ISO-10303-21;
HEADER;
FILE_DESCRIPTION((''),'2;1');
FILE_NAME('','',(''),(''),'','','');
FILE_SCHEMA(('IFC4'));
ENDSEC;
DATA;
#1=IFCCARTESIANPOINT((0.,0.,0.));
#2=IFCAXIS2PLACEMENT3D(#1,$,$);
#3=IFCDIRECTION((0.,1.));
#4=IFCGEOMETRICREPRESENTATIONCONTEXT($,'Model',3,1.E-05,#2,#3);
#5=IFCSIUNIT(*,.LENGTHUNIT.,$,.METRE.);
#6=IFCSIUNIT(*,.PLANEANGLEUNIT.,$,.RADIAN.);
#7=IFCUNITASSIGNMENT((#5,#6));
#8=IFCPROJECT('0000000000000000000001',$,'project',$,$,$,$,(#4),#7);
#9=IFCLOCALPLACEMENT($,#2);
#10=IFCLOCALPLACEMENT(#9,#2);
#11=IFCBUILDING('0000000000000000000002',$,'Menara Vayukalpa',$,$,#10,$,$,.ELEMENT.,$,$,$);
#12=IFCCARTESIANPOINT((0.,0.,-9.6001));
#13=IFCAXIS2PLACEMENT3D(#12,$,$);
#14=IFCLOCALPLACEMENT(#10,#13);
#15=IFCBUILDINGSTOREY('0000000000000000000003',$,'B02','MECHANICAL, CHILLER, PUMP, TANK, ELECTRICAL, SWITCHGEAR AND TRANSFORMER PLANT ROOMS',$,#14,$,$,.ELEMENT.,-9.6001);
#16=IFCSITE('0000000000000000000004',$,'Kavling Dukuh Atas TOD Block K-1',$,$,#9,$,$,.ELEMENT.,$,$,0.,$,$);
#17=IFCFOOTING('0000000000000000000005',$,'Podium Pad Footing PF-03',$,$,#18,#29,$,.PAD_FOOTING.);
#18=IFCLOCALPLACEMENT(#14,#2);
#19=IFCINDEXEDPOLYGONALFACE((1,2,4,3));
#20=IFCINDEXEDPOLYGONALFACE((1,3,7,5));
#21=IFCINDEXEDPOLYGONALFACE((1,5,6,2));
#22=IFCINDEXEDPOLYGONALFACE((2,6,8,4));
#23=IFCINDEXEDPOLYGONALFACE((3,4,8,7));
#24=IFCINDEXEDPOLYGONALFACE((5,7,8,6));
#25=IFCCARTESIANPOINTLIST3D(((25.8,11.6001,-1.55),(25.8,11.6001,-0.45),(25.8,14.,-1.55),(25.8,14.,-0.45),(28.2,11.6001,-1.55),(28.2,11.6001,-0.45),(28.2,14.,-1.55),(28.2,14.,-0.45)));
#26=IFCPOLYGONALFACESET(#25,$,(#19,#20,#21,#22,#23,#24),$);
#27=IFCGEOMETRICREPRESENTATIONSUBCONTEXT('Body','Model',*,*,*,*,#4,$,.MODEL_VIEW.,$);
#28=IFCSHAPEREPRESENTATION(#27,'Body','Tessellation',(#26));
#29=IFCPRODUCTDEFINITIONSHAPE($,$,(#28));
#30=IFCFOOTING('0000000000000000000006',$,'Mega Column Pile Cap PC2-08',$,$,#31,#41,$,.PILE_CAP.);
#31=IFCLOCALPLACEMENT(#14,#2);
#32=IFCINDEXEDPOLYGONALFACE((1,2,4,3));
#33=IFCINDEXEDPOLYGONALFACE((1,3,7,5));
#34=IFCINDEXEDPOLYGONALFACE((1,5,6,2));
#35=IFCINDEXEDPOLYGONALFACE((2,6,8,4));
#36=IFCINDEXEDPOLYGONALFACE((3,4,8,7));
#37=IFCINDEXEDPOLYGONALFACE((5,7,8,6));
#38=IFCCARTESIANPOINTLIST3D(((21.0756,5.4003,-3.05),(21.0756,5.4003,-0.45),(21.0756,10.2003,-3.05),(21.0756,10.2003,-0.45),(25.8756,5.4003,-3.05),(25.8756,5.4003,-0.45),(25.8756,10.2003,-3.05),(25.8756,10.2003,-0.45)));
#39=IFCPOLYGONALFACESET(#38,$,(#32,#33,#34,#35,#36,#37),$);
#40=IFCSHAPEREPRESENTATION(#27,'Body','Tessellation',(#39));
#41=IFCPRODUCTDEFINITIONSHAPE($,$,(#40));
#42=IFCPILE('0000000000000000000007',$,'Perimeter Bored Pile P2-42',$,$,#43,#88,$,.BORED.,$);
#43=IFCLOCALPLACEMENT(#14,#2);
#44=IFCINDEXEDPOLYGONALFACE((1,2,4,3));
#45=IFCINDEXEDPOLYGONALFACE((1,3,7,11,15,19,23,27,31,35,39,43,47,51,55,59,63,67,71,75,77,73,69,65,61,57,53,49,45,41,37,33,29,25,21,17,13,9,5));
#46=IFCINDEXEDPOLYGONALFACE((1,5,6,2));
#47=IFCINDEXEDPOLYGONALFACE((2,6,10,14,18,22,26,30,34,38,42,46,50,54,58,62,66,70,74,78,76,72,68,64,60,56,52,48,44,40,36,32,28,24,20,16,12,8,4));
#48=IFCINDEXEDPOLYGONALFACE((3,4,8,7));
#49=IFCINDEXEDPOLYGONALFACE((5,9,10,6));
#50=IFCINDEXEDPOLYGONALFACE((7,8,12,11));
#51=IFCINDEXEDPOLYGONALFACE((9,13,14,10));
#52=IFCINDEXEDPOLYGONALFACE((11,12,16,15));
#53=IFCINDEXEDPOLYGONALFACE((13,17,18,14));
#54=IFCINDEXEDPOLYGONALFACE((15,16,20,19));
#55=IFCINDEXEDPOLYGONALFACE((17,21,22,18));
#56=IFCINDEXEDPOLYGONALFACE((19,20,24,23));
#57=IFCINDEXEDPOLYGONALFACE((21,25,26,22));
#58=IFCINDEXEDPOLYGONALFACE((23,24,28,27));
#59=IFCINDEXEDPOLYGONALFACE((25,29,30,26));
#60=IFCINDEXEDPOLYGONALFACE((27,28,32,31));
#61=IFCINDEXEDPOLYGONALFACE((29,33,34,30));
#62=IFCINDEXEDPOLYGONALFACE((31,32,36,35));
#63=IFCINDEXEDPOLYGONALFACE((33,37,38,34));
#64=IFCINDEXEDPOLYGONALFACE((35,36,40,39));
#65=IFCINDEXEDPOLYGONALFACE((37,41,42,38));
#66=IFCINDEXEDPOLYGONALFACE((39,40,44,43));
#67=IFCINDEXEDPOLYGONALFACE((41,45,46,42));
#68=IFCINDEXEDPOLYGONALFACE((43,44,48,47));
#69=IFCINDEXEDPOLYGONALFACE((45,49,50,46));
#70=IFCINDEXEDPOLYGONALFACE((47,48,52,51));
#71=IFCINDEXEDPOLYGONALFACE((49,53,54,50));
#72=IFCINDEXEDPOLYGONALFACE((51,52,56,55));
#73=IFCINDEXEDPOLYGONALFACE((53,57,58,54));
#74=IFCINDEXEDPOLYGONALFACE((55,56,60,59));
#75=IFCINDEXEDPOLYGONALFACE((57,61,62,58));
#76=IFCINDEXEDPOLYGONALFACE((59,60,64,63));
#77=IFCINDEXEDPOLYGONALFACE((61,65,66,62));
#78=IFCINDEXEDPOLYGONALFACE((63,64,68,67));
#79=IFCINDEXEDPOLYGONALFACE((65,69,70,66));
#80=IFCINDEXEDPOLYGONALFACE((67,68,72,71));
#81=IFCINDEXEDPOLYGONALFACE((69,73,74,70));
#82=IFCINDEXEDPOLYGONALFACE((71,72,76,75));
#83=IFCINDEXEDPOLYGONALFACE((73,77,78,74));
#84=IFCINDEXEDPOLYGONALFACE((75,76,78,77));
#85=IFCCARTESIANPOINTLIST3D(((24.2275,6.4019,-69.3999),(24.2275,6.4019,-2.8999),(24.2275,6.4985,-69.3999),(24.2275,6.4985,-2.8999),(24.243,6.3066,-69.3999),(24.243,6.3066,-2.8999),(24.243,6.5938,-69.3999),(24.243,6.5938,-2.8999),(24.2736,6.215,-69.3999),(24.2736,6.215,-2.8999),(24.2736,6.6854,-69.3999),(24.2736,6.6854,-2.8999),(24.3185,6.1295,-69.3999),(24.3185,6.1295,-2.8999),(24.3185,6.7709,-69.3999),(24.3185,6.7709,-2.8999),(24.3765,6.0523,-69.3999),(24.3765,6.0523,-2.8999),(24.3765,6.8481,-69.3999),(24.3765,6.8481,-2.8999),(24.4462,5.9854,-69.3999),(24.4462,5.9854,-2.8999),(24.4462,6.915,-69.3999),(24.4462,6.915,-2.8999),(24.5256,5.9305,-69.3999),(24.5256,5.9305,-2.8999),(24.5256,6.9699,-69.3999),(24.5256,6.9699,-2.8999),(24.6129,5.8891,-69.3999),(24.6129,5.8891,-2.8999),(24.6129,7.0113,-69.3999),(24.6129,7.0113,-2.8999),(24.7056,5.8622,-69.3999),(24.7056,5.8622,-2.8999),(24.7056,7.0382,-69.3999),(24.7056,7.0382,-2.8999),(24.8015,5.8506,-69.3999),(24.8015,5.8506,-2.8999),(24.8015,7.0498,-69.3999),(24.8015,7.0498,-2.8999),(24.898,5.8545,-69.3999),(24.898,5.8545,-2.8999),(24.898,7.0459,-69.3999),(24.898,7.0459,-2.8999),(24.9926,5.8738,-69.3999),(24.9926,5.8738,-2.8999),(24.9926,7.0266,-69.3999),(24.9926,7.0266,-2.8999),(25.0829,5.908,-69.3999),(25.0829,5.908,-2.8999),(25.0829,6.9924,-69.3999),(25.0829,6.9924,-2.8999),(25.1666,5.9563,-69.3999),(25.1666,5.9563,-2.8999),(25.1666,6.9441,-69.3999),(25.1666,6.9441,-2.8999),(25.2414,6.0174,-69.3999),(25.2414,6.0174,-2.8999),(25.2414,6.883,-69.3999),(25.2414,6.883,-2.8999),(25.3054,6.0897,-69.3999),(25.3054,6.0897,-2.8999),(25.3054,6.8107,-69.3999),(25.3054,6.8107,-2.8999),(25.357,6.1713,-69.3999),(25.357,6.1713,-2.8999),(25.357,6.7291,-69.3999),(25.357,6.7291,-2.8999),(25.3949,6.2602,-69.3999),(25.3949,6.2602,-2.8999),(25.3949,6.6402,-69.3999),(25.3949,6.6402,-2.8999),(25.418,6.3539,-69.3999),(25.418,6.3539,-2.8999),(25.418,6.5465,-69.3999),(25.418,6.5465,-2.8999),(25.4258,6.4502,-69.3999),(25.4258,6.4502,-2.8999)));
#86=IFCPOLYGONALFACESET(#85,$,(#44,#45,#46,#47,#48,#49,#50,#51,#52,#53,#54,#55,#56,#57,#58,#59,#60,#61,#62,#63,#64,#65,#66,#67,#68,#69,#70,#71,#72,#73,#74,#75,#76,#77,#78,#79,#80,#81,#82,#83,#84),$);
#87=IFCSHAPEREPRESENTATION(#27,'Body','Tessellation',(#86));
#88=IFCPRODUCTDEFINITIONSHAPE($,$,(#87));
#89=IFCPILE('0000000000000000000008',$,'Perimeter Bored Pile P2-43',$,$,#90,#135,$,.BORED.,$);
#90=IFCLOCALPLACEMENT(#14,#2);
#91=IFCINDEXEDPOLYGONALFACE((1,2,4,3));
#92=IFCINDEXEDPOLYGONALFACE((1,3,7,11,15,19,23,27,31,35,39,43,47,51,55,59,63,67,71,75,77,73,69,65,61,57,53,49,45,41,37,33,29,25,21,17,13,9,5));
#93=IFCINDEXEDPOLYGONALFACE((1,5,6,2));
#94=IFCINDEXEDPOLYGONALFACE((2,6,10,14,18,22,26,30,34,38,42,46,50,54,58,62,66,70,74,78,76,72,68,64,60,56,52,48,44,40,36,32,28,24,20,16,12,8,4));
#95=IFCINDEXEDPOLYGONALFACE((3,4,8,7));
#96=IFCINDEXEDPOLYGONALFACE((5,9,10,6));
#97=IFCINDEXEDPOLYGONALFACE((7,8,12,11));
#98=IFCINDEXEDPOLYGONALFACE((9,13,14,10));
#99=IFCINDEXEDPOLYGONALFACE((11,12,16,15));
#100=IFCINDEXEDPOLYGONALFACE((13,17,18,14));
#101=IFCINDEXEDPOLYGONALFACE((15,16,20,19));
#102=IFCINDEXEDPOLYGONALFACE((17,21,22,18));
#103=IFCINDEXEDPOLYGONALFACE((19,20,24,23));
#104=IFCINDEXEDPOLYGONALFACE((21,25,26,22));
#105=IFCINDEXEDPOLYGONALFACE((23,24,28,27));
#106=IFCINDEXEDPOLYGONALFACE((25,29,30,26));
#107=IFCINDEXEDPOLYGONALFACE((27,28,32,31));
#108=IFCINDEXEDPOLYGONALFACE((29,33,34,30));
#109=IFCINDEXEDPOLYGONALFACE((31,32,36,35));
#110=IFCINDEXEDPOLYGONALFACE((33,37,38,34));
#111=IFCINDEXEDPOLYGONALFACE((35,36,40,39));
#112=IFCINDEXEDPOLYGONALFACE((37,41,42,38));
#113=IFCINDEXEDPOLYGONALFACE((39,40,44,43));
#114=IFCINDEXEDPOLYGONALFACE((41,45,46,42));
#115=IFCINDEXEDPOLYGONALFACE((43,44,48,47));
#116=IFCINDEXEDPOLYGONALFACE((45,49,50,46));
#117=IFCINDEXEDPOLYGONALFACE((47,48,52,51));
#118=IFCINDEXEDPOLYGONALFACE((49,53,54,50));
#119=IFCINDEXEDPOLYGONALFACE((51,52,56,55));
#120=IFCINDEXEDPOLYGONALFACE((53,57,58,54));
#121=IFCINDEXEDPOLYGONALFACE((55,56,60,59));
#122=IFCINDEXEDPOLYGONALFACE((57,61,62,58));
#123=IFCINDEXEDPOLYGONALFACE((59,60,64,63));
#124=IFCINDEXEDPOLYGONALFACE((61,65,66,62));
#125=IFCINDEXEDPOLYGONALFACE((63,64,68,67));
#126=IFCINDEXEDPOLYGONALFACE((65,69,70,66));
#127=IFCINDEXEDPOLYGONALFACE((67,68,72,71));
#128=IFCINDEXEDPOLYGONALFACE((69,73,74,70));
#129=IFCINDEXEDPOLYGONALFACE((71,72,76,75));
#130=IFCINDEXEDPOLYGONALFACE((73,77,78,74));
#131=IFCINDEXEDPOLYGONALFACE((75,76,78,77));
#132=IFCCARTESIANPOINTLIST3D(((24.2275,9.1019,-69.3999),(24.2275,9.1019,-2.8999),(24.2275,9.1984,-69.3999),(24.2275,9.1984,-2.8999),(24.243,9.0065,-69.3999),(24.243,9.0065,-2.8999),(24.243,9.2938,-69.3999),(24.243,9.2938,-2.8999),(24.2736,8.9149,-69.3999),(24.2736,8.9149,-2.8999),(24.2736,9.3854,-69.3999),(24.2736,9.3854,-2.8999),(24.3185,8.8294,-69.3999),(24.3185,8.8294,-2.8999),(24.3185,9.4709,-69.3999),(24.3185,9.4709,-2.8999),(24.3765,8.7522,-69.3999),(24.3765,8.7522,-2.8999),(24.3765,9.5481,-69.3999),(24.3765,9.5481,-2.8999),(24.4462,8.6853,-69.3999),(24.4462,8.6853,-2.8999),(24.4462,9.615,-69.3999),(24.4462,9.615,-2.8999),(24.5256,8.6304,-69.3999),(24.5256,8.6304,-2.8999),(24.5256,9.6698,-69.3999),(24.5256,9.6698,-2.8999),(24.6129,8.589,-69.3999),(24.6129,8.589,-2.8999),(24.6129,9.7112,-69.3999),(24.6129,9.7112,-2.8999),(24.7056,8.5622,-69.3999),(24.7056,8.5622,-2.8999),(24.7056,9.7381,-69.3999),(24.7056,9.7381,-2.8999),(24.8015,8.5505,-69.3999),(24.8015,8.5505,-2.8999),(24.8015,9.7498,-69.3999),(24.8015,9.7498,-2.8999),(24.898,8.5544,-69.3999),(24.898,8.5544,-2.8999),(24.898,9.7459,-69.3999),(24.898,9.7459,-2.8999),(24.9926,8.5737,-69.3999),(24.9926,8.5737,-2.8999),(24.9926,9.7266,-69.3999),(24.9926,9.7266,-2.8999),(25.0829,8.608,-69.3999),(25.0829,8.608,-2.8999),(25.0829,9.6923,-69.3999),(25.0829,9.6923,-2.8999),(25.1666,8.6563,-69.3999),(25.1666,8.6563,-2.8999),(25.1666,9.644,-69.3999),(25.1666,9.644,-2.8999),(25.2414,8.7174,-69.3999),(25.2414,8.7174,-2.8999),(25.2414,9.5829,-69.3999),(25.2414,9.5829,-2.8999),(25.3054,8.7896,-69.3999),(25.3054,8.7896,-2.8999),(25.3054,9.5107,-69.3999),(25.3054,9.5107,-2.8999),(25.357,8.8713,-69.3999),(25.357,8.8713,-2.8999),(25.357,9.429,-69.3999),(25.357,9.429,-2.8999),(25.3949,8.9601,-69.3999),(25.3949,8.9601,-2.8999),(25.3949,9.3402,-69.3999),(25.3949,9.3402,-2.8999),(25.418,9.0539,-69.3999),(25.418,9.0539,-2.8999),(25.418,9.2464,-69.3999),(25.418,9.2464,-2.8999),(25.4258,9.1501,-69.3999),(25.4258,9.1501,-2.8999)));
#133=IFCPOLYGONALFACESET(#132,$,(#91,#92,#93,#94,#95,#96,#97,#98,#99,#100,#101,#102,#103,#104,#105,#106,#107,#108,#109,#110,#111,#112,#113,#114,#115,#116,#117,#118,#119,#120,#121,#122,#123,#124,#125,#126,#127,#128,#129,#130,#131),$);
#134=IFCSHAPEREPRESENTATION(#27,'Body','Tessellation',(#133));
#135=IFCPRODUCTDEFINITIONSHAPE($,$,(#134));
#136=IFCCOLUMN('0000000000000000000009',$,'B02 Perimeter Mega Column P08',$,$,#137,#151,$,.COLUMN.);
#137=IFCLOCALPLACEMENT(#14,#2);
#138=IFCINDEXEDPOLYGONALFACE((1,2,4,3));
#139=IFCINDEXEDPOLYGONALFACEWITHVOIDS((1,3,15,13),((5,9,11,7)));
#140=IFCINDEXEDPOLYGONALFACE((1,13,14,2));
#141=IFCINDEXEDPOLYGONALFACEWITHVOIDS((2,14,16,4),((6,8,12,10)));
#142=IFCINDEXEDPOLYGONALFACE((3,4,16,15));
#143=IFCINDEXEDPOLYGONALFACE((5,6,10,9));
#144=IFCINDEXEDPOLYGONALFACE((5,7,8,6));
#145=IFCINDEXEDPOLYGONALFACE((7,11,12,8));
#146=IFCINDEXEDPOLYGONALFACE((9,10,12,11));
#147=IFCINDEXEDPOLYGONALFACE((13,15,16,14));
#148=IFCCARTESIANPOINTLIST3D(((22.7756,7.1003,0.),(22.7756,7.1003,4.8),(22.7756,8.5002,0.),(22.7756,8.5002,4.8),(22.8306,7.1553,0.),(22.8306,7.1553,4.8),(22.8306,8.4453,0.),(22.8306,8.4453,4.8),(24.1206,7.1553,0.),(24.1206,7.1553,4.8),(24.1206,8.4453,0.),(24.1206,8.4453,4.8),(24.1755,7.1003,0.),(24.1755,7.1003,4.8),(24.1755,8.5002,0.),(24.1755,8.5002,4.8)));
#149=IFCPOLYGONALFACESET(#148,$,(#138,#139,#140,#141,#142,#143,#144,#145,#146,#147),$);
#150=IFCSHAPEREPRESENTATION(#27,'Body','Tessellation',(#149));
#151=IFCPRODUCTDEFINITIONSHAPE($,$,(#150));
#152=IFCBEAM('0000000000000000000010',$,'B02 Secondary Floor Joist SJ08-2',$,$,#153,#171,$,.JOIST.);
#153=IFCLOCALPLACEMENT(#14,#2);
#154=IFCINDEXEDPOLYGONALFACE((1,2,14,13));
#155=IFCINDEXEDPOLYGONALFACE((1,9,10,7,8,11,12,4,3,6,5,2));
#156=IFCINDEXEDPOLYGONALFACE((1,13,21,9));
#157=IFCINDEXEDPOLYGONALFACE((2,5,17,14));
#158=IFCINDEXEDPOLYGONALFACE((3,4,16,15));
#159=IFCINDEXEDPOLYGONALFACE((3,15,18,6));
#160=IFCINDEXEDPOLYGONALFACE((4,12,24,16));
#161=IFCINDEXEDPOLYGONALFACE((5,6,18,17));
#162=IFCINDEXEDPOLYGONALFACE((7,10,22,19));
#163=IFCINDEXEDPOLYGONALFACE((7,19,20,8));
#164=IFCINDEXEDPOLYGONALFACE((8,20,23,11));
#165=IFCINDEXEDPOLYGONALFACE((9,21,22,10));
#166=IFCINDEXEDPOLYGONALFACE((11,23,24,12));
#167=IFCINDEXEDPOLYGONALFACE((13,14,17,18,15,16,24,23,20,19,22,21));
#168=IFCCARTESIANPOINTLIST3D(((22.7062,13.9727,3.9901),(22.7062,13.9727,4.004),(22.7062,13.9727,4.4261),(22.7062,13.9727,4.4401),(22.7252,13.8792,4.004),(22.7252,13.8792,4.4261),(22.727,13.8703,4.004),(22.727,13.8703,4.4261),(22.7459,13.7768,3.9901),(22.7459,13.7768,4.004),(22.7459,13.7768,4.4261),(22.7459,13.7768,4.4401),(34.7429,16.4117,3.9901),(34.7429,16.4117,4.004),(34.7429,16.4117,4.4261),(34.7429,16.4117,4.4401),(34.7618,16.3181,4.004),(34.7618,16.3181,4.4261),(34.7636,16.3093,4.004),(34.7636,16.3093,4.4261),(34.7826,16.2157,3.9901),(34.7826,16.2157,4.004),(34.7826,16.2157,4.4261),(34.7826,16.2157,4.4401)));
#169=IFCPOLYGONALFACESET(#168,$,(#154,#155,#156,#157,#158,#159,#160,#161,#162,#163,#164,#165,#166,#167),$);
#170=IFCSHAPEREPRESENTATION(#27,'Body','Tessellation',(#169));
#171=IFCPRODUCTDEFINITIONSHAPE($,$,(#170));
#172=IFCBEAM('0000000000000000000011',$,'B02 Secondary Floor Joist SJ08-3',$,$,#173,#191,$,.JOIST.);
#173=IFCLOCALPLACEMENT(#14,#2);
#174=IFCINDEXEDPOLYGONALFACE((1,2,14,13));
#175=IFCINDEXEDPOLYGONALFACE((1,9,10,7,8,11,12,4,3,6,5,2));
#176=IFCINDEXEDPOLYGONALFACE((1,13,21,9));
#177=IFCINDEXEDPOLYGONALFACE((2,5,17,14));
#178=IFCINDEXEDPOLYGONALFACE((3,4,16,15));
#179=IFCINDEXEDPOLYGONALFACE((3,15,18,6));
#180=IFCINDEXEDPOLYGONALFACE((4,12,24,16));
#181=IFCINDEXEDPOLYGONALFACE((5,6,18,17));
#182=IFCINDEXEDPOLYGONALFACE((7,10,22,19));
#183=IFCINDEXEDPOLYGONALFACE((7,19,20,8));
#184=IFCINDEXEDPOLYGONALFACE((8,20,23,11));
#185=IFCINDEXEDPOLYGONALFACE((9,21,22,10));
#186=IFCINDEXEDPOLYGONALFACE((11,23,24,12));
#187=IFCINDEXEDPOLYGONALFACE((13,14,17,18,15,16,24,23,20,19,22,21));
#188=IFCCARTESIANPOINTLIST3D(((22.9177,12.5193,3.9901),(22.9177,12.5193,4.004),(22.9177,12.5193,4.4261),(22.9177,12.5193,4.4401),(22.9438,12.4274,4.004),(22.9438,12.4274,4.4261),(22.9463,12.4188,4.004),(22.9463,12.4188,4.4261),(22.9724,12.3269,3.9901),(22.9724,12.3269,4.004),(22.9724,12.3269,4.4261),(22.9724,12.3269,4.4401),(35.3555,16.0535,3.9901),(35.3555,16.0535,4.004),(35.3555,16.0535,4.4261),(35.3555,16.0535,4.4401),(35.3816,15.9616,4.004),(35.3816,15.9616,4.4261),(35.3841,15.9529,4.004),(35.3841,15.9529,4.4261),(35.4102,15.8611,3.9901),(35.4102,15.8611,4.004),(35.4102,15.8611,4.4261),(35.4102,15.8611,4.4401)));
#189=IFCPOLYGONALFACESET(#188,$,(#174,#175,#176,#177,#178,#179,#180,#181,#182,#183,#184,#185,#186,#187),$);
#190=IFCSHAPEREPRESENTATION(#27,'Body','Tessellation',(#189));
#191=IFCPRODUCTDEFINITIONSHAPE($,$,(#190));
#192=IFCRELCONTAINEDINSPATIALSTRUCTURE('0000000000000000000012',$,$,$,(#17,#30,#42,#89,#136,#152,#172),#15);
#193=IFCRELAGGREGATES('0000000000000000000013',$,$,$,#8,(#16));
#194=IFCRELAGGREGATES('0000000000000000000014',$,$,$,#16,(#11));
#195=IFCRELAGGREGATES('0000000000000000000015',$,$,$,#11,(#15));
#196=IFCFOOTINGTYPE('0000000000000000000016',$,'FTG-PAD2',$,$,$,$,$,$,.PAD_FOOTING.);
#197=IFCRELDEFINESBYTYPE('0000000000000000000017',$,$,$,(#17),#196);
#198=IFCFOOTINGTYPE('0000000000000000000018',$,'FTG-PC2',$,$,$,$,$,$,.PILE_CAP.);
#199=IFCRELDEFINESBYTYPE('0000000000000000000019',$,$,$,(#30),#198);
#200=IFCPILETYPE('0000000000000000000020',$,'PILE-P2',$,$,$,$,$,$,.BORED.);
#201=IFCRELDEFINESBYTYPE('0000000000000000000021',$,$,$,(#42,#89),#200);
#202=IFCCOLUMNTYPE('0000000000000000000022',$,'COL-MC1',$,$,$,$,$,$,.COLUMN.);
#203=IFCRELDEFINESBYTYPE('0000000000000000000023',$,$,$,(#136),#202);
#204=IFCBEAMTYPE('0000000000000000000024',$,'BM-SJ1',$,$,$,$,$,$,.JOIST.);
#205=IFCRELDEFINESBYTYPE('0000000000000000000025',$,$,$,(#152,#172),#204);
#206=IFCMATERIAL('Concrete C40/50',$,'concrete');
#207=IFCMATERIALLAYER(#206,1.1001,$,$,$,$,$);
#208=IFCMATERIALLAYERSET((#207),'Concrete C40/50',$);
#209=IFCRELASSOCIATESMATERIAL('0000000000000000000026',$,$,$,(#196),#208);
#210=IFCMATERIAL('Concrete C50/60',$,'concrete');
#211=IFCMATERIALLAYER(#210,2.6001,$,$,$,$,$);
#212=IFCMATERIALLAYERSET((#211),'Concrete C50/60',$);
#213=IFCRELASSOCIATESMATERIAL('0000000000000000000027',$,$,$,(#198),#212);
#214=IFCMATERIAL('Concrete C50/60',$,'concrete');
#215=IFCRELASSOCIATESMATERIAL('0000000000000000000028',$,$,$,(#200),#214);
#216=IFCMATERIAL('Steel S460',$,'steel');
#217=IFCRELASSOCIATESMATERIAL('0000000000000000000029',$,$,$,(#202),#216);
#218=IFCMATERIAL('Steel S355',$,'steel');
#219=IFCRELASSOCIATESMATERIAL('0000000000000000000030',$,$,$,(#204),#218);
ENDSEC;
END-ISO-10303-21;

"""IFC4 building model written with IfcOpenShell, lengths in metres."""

from ifc_helpers import new_model, si_unit, direction, frame, origin, origin_2d, place, context, subcontext, project, spatial, rectangle, hollow_rectangle, circle, i_section, extrude, material, layer, layer_set, material_profile, profile_set, type_object, element, save


model = new_model("IFC4")

# Units and contexts
model_context = context("Model", 3, precision=1e-05, world=origin(), true_north=direction((0.0, 1.0)))
body_context = subcontext(model_context, "Body", "Model", "MODEL_VIEW")
ifc_project = project(units=[si_unit("LENGTHUNIT", "METRE"), si_unit("PLANEANGLEUNIT", "RADIAN")], contexts=[model_context])

# Site, building, storey
site_placement = place(None, origin())
site = spatial("IfcSite", under=ifc_project, at=site_placement, Name="Kavling Dukuh Atas TOD Block K-1", CompositionType="ELEMENT", RefElevation=0.0)
building_placement = place(site_placement, origin())
building = spatial("IfcBuilding", under=site, at=building_placement, Name="Menara Vayukalpa", CompositionType="ELEMENT")
storey_placement = place(building_placement, frame((0.0, 0.0, -9.6001)))
storey = spatial("IfcBuildingStorey", under=building, at=storey_placement, Name="B02", Description="MECHANICAL, CHILLER, PUMP, TANK, ELECTRICAL, SWITCHGEAR AND TRANSFORMER PLANT ROOMS", CompositionType="ELEMENT", Elevation=-9.6001)

# Footings
ifc_material_1 = material(Name="Concrete C40/50", Category="concrete")
ifc_layer_1 = layer(ifc_material_1, 1.1001)
ifc_layer_set_1 = layer_set([ifc_layer_1], Name="Concrete C40/50")
footing_type_1 = type_object("IfcFootingType", Name="FTG-PAD2", PredefinedType="PAD_FOOTING", material=ifc_layer_set_1)
footing_1_placement = place(storey_placement, frame((27.0, 12.8, -1.55), z_axis=(0.0, 0.0, 1.0), x_axis=(1.0, 0.0, 0.0)))
element("IfcFooting", 1, at=footing_1_placement, inside=storey, type_object=footing_type_1, Name="Podium Pad Footing PF-03", PredefinedType="PAD_FOOTING", context=body_context, shape_type="SweptSolid", body=[
    extrude(rectangle(XDim=2.3999, YDim=2.3999, at=origin_2d()), origin(), (0.0, 0.0, 1.0), 1.1001),
])
ifc_material_2 = material(Name="Concrete C50/60", Category="concrete")
ifc_layer_2 = layer(ifc_material_2, 2.6001)
ifc_layer_set_2 = layer_set([ifc_layer_2], Name="Concrete C50/60")
footing_type_2 = type_object("IfcFootingType", Name="FTG-PC2", PredefinedType="PILE_CAP", material=ifc_layer_set_2)
footing_2_placement = place(storey_placement, frame((23.4756, 7.8003, -3.05), z_axis=(0.0, 0.0, 1.0), x_axis=(1.0, 0.0, 0.0)))
element("IfcFooting", 2, at=footing_2_placement, inside=storey, type_object=footing_type_2, Name="Mega Column Pile Cap PC2-08", PredefinedType="PILE_CAP", context=body_context, shape_type="SweptSolid", body=[
    extrude(rectangle(XDim=4.8, YDim=4.8, at=origin_2d()), origin(), (0.0, 0.0, 1.0), 2.6001),
])

# Piles
ifc_material_3 = material(Name="Concrete C50/60", Category="concrete")
ifc_material_profile_1 = material_profile(ifc_material_3, circle(Radius=0.6001, at=origin_2d()), Name="PILE D1200")
ifc_profile_set_1 = profile_set([ifc_material_profile_1], Name="Concrete C50/60")
pile_type = type_object("IfcPileType", Name="PILE-P2", PredefinedType="BORED", material=ifc_profile_set_1)
for number, where, z_axis, x_axis, name in (
    (3, (24.8257, 6.4502, -2.8999), (0.0, 0.0, -1.0), (1.0, 0.0, 0.0), "Perimeter Bored Pile P2-42"),
    (4, (24.8257, 9.1501, -2.8999), (0.0, 0.0, -1.0), (1.0, 0.0, 0.0), "Perimeter Bored Pile P2-43"),
):
    element("IfcPile", number, at=place(storey_placement, frame(where, z_axis=z_axis, x_axis=x_axis)), inside=storey, type_object=pile_type, Name=name, PredefinedType="BORED", context=body_context, shape_type="SweptSolid", body=[
        extrude(circle(Radius=0.6001, at=origin_2d()), origin(), (0.0, 0.0, 1.0), 66.5),
    ])

# Column
ifc_material_4 = material(Name="Steel S460", Category="steel")
ifc_material_profile_2 = material_profile(ifc_material_4, hollow_rectangle(XDim=1.3999, YDim=1.3999, WallThickness=0.0549, at=origin_2d()), Name="BOX 1400x1400x55")
ifc_profile_set_2 = profile_set([ifc_material_profile_2], Name="Steel S460")
column_type = type_object("IfcColumnType", Name="COL-MC1", PredefinedType="COLUMN", material=ifc_profile_set_2)
column_placement = place(storey_placement, frame((23.4756, 7.8003, 0.0), z_axis=(0.0, 0.0, 1.0), x_axis=(1.0, 0.0, 0.0)))
element("IfcColumn", 5, at=column_placement, inside=storey, type_object=column_type, Name="B02 Perimeter Mega Column P08", PredefinedType="COLUMN", context=body_context, shape_type="SweptSolid", body=[
    extrude(hollow_rectangle(XDim=1.3999, YDim=1.3999, WallThickness=0.0549, at=origin_2d()), origin(), (0.0, 0.0, 1.0), 4.8),
])

# Beams
ifc_material_5 = material(Name="Steel S355", Category="steel")
ifc_material_profile_3 = material_profile(ifc_material_5, i_section(OverallWidth=0.2, OverallDepth=0.45, WebThickness=0.009, FlangeThickness=0.0139, at=origin_2d()), Name="WF 450x200x9x14")
ifc_profile_set_3 = profile_set([ifc_material_profile_3], Name="Steel S355")
beam_type_1 = type_object("IfcBeamType", Name="BM-SJ1", PredefinedType="JOIST", material=ifc_profile_set_3)
beam_1_placement = place(storey_placement, frame((22.7261, 13.8748, 4.2151), z_axis=(0.980082, 0.198593, 0.0), x_axis=(-0.198593, 0.980082, 0.0)))
element("IfcBeam", 6, at=beam_1_placement, inside=storey, type_object=beam_type_1, Name="B02 Secondary Floor Joist SJ08-2", PredefinedType="JOIST", context=body_context, shape_type="SweptSolid", body=[
    extrude(i_section(OverallWidth=0.2, OverallDepth=0.45, WebThickness=0.009, FlangeThickness=0.0139, at=origin_2d()), origin(), (0.0, 0.0, 1.0), 12.2812),
])
beam_2_placement = place(storey_placement, frame((22.9451, 12.4231, 4.2151), z_axis=(0.961921, 0.273329, 0.0), x_axis=(-0.273329, 0.961921, 0.0)))
element("IfcBeam", 7, at=beam_2_placement, inside=storey, type_object=beam_type_1, Name="B02 Secondary Floor Joist SJ08-3", PredefinedType="JOIST", context=body_context, shape_type="SweptSolid", body=[
    extrude(i_section(OverallWidth=0.2, OverallDepth=0.45, WebThickness=0.009, FlangeThickness=0.0139, at=origin_2d()), origin(), (0.0, 0.0, 1.0), 12.9302),
])

save(model, "model.ifc")
